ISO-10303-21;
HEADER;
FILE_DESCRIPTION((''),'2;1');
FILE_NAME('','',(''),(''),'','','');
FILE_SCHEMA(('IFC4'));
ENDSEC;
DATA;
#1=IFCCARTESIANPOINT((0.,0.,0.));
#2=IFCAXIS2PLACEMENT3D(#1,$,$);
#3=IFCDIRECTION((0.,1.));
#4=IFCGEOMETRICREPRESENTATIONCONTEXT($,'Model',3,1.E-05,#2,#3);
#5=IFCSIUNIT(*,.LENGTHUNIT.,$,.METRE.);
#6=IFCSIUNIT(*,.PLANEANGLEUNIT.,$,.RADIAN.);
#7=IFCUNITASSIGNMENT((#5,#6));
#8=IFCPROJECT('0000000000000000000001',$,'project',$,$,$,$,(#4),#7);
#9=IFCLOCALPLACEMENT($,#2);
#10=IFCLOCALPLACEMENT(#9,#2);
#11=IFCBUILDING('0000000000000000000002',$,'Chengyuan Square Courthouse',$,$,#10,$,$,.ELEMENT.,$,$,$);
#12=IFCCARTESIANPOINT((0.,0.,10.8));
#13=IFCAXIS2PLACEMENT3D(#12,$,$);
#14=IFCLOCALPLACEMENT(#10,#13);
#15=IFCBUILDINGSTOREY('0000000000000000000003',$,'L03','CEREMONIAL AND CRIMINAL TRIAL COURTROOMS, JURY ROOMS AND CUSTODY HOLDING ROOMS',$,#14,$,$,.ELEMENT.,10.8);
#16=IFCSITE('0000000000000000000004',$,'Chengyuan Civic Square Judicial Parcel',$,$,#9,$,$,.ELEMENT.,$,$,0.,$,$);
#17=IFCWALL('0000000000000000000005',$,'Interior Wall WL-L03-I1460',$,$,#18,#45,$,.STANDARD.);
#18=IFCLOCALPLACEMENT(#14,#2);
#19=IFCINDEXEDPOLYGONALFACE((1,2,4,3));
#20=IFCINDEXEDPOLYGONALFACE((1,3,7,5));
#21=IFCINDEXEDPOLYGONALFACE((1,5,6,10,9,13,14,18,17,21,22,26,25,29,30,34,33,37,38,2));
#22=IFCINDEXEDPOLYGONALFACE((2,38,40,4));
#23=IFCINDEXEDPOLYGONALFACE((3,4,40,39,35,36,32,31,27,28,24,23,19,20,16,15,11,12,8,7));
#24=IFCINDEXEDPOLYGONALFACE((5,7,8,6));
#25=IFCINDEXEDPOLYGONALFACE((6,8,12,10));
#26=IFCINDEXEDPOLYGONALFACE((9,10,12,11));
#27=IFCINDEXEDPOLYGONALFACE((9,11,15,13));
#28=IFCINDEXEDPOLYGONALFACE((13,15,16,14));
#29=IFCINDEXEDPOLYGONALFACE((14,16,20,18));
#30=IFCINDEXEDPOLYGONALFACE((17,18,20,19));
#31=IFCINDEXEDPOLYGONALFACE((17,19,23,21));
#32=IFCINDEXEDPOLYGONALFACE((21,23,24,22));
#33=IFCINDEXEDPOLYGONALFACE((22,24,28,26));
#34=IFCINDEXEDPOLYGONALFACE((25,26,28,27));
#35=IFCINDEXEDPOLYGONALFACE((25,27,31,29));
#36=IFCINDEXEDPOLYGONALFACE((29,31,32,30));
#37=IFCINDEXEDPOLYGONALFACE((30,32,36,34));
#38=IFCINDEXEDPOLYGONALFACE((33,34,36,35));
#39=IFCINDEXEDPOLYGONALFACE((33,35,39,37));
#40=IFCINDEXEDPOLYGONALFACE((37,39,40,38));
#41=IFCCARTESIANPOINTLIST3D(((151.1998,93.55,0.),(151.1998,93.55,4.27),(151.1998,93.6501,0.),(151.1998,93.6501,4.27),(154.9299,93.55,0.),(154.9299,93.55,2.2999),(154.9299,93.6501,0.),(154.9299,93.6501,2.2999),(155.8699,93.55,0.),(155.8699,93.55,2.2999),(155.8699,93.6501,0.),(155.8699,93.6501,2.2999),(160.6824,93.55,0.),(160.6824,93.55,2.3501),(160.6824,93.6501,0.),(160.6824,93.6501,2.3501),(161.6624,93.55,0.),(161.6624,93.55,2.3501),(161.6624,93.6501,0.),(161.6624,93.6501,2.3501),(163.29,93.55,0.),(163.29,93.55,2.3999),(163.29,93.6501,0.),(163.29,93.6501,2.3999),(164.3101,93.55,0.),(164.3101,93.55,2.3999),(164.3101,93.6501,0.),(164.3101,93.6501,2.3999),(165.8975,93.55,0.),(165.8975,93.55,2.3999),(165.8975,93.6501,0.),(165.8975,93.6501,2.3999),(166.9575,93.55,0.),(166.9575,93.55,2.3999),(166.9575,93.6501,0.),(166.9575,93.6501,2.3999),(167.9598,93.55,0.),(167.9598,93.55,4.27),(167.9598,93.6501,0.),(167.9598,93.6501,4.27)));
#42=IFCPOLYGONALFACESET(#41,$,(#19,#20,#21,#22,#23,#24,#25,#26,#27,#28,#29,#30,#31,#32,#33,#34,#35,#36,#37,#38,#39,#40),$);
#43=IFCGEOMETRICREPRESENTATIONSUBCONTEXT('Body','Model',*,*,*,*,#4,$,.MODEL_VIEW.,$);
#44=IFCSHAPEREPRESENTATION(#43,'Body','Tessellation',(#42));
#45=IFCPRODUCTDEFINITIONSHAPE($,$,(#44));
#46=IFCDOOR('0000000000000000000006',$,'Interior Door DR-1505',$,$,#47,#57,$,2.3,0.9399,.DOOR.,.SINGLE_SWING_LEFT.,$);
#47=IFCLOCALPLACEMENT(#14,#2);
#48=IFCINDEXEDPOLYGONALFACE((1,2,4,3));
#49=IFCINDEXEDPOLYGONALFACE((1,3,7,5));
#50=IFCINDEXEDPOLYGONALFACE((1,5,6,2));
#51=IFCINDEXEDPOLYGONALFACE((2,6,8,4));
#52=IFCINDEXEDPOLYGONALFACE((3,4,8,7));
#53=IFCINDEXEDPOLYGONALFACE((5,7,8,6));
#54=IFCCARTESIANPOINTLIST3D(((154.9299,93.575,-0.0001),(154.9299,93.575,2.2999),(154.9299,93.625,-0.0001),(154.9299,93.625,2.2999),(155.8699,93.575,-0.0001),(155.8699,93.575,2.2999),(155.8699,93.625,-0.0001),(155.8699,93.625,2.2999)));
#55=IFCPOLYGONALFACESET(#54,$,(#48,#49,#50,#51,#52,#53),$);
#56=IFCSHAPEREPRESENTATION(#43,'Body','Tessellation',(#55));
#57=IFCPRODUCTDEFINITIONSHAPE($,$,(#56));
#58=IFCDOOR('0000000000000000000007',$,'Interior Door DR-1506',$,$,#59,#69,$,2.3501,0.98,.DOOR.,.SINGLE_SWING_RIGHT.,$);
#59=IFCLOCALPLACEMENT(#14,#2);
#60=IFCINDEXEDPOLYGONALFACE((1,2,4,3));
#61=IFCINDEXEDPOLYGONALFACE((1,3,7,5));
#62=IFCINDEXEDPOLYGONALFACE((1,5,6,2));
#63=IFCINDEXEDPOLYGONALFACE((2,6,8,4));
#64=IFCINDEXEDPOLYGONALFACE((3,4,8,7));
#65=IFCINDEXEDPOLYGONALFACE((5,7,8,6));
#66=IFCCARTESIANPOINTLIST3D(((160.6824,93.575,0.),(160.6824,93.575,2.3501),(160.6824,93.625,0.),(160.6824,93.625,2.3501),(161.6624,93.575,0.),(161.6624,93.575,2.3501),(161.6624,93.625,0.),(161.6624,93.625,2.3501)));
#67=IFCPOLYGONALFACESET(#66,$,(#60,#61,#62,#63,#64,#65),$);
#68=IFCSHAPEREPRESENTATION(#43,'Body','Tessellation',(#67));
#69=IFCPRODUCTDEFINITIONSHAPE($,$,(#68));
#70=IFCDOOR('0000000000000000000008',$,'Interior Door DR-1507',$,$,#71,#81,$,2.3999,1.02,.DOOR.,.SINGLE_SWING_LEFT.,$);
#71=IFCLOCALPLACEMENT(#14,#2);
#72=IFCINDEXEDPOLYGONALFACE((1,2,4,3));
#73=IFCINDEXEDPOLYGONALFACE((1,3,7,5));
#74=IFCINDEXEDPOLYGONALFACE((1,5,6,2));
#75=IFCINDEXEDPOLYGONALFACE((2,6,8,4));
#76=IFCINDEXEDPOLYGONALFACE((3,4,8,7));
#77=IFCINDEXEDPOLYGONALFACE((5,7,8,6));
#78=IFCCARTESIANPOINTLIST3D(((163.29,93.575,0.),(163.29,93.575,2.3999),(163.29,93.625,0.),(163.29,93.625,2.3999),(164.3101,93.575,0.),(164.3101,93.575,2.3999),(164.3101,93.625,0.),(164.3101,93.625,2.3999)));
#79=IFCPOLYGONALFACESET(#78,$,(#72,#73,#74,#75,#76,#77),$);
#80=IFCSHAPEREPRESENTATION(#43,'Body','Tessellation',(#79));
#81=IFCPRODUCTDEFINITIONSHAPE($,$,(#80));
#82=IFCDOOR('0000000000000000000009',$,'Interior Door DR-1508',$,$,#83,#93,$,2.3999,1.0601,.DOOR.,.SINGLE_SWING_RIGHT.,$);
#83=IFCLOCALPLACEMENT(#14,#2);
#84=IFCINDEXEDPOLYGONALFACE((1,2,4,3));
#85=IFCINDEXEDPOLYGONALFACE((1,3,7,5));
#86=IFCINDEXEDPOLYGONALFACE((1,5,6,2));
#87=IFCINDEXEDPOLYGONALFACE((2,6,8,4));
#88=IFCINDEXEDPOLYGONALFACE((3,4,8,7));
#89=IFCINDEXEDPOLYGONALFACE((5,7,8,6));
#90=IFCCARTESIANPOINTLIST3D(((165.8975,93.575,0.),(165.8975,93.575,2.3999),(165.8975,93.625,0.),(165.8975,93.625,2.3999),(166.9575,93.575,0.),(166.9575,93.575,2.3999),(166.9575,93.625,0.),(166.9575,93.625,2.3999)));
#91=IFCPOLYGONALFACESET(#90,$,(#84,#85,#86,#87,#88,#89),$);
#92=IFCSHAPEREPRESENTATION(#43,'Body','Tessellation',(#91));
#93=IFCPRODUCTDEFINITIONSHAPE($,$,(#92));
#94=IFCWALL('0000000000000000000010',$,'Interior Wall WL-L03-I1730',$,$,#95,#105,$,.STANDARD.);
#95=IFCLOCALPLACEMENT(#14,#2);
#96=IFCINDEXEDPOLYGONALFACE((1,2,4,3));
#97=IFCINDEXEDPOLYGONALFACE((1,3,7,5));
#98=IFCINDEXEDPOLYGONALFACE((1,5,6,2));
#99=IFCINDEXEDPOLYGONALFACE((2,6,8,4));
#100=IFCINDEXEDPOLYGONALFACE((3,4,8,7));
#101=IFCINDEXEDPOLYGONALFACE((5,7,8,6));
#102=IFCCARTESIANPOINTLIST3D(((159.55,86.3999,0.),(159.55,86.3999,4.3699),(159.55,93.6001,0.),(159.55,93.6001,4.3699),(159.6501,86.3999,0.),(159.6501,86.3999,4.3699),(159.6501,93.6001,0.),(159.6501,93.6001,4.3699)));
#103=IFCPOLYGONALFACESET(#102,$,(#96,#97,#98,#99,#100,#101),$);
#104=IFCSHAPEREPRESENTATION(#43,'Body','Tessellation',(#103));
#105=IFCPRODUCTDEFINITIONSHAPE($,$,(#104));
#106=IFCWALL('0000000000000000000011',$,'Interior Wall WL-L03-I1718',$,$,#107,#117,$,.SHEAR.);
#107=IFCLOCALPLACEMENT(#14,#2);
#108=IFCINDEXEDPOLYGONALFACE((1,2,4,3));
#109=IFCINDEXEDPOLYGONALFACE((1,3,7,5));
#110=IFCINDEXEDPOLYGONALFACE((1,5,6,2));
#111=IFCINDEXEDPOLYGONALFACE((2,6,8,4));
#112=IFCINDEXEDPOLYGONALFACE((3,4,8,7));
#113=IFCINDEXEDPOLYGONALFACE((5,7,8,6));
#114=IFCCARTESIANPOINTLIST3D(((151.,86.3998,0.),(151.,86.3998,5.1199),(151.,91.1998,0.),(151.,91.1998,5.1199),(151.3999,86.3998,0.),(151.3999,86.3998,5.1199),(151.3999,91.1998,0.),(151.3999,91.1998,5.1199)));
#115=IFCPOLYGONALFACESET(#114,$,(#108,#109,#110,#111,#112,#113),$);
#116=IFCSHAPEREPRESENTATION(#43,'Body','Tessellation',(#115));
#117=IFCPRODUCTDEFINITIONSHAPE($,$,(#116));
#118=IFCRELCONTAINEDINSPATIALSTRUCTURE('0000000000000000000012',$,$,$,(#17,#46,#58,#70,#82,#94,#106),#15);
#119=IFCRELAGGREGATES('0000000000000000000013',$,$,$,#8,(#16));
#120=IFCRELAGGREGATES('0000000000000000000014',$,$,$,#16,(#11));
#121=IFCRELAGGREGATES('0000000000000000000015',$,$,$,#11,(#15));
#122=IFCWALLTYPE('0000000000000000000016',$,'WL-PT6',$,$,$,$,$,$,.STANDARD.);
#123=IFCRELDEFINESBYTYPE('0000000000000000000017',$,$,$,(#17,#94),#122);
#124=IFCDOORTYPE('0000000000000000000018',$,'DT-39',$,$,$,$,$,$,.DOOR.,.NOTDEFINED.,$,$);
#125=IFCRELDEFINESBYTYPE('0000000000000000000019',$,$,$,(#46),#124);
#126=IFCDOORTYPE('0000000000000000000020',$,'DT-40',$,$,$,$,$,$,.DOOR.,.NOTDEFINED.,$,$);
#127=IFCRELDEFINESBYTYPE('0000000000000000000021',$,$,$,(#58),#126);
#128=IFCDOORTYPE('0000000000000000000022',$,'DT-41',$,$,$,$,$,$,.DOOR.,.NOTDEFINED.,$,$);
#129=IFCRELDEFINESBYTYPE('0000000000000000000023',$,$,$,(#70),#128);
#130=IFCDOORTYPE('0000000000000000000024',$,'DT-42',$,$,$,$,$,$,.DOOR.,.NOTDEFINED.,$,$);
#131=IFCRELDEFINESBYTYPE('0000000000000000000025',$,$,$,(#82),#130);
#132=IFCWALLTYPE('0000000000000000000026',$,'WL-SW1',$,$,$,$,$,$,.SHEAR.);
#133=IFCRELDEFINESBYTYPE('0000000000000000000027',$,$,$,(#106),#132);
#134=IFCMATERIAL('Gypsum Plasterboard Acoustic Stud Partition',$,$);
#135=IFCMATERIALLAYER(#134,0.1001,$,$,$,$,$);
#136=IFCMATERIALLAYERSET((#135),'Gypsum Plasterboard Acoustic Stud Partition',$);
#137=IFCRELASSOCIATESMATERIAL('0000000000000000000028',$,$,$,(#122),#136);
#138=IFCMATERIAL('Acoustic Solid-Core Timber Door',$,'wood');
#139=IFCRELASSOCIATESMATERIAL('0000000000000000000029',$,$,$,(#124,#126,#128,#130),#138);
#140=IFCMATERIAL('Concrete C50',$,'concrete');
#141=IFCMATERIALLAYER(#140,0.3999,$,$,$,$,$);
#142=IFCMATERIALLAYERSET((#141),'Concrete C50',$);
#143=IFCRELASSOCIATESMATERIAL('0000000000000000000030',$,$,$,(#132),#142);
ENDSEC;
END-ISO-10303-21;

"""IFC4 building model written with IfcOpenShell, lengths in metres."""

from ifc_helpers import new_model, si_unit, direction, frame, frame_2d, origin, place, context, subcontext, project, spatial, rectangle, extrude, material, layer, layer_set, type_object, element, fill, save


model = new_model("IFC4")

# Units and contexts
model_context = context("Model", 3, precision=1e-05, world=origin(), true_north=direction((0.0, 1.0)))
body_context = subcontext(model_context, "Body", "Model", "MODEL_VIEW")
ifc_project = project(units=[si_unit("LENGTHUNIT", "METRE"), si_unit("PLANEANGLEUNIT", "RADIAN")], contexts=[model_context])

# Site, building, storey
site_placement = place(None, origin())
site = spatial("IfcSite", under=ifc_project, at=site_placement, Name="Chengyuan Civic Square Judicial Parcel", CompositionType="ELEMENT", RefElevation=0.0)
building_placement = place(site_placement, origin())
building = spatial("IfcBuilding", under=site, at=building_placement, Name="Chengyuan Square Courthouse", CompositionType="ELEMENT")
storey_placement = place(building_placement, frame((0.0, 0.0, 10.8)))
storey = spatial("IfcBuildingStorey", under=building, at=storey_placement, Name="L03", Description="CEREMONIAL AND CRIMINAL TRIAL COURTROOMS, JURY ROOMS AND CUSTODY HOLDING ROOMS", CompositionType="ELEMENT", Elevation=10.8)

# Shared definitions
ifc_material_1 = material(Name="Concrete C50", Category="concrete")

# Wall, openings, doors
ifc_material_2 = material(Name="Gypsum Plasterboard Acoustic Stud Partition")
ifc_layer_1 = layer(ifc_material_2, 0.1001)
ifc_layer_set_1 = layer_set([ifc_layer_1], Name="Gypsum Plasterboard Acoustic Stud Partition")
wall_type_1 = type_object("IfcWallType", Name="WL-PT6", PredefinedType="STANDARD", material=ifc_layer_set_1)
wall_1_placement = place(storey_placement, frame((151.2, 93.6001, 0.0), z_axis=(0.0, 0.0, 1.0), x_axis=(1.0, 0.0, 0.0)))
wall_1 = element("IfcWall", 1, at=wall_1_placement, inside=storey, type_object=wall_type_1, Name="Interior Wall WL-L03-I1460", PredefinedType="STANDARD", context=body_context, shape_type="SweptSolid", body=[
    extrude(rectangle(XDim=16.76, YDim=0.1001, at=frame_2d((8.3799, 0.0))), origin(), (0.0, 0.0, 1.0), 4.27),
])
opening_1_placement = place(wall_1_placement, frame((3.73, 0.0, 0.0)))
opening_1 = element("IfcOpeningElement", 2, at=opening_1_placement, cuts=wall_1, PredefinedType="OPENING", context=body_context, shape_type="SweptSolid", body=[
    extrude(rectangle(XDim=0.9399, YDim=2.3, at=frame_2d((0.47, 1.1499))), frame((0.0, 0.062, 0.0), z_axis=(0.0, -1.0, 0.0), x_axis=(1.0, 0.0, 0.0)), (0.0, 0.0, 1.0), 0.124),
])
opening_2_placement = place(wall_1_placement, frame((9.4824, 0.0, 0.0)))
opening_2 = element("IfcOpeningElement", 3, at=opening_2_placement, cuts=wall_1, PredefinedType="OPENING", context=body_context, shape_type="SweptSolid", body=[
    extrude(rectangle(XDim=0.98, YDim=2.3501, at=frame_2d((0.49, 1.175))), frame((0.0, 0.062, 0.0), z_axis=(0.0, -1.0, 0.0), x_axis=(1.0, 0.0, 0.0)), (0.0, 0.0, 1.0), 0.124),
])
opening_3_placement = place(wall_1_placement, frame((12.0901, 0.0, 0.0)))
opening_3 = element("IfcOpeningElement", 4, at=opening_3_placement, cuts=wall_1, PredefinedType="OPENING", context=body_context, shape_type="SweptSolid", body=[
    extrude(rectangle(XDim=1.02, YDim=2.3999, at=frame_2d((0.51, 1.2))), frame((0.0, 0.062, 0.0), z_axis=(0.0, -1.0, 0.0), x_axis=(1.0, 0.0, 0.0)), (0.0, 0.0, 1.0), 0.124),
])
opening_4_placement = place(wall_1_placement, frame((14.6975, 0.0, 0.0)))
opening_4 = element("IfcOpeningElement", 5, at=opening_4_placement, cuts=wall_1, PredefinedType="OPENING", context=body_context, shape_type="SweptSolid", body=[
    extrude(rectangle(XDim=1.0601, YDim=2.3999, at=frame_2d((0.53, 1.2))), frame((0.0, 0.062, 0.0), z_axis=(0.0, -1.0, 0.0), x_axis=(1.0, 0.0, 0.0)), (0.0, 0.0, 1.0), 0.124),
])
ifc_material_3 = material(Name="Acoustic Solid-Core Timber Door", Category="wood")
door_type_1 = type_object("IfcDoorType", Name="DT-39", OperationType="NOTDEFINED", PredefinedType="DOOR", material=ifc_material_3)
door_1_placement = place(opening_1_placement, origin())
door_1 = element("IfcDoor", 6, at=door_1_placement, inside=storey, type_object=door_type_1, Name="Interior Door DR-1505", OperationType="SINGLE_SWING_LEFT", OverallHeight=2.3, OverallWidth=0.9399, PredefinedType="DOOR", context=body_context, shape_type="SweptSolid", body=[
    extrude(rectangle(XDim=0.9399, YDim=2.3, at=frame_2d((0.47, 1.1499))), frame((0.0, 0.0249, 0.0), z_axis=(0.0, -1.0, 0.0), x_axis=(1.0, 0.0, 0.0)), (0.0, 0.0, 1.0), 0.05),
])
fill(opening_1, door_1)
door_type_2 = type_object("IfcDoorType", Name="DT-40", OperationType="NOTDEFINED", PredefinedType="DOOR", material=ifc_material_3)
door_2_placement = place(opening_2_placement, origin())
door_2 = element("IfcDoor", 7, at=door_2_placement, inside=storey, type_object=door_type_2, Name="Interior Door DR-1506", OperationType="SINGLE_SWING_RIGHT", OverallHeight=2.3501, OverallWidth=0.98, PredefinedType="DOOR", context=body_context, shape_type="SweptSolid", body=[
    extrude(rectangle(XDim=0.98, YDim=2.3501, at=frame_2d((0.49, 1.175))), frame((0.0, 0.0249, 0.0), z_axis=(0.0, -1.0, 0.0), x_axis=(1.0, 0.0, 0.0)), (0.0, 0.0, 1.0), 0.05),
])
fill(opening_2, door_2)
door_type_3 = type_object("IfcDoorType", Name="DT-41", OperationType="NOTDEFINED", PredefinedType="DOOR", material=ifc_material_3)
door_3_placement = place(opening_3_placement, origin())
door_3 = element("IfcDoor", 8, at=door_3_placement, inside=storey, type_object=door_type_3, Name="Interior Door DR-1507", OperationType="SINGLE_SWING_LEFT", OverallHeight=2.3999, OverallWidth=1.02, PredefinedType="DOOR", context=body_context, shape_type="SweptSolid", body=[
    extrude(rectangle(XDim=1.02, YDim=2.3999, at=frame_2d((0.51, 1.2))), frame((0.0, 0.0249, 0.0), z_axis=(0.0, -1.0, 0.0), x_axis=(1.0, 0.0, 0.0)), (0.0, 0.0, 1.0), 0.05),
])
fill(opening_3, door_3)
door_type_4 = type_object("IfcDoorType", Name="DT-42", OperationType="NOTDEFINED", PredefinedType="DOOR", material=ifc_material_3)
door_4_placement = place(opening_4_placement, origin())
door_4 = element("IfcDoor", 9, at=door_4_placement, inside=storey, type_object=door_type_4, Name="Interior Door DR-1508", OperationType="SINGLE_SWING_RIGHT", OverallHeight=2.3999, OverallWidth=1.0601, PredefinedType="DOOR", context=body_context, shape_type="SweptSolid", body=[
    extrude(rectangle(XDim=1.0601, YDim=2.3999, at=frame_2d((0.53, 1.2))), frame((0.0, 0.0249, 0.0), z_axis=(0.0, -1.0, 0.0), x_axis=(1.0, 0.0, 0.0)), (0.0, 0.0, 1.0), 0.05),
])
fill(opening_4, door_4)

# Walls
wall_2_placement = place(storey_placement, frame((159.6001, 86.3999, 0.0), z_axis=(0.0, 0.0, 1.0), x_axis=(0.0, 1.0, 0.0)))
element("IfcWall", 10, at=wall_2_placement, inside=storey, type_object=wall_type_1, Name="Interior Wall WL-L03-I1730", PredefinedType="STANDARD", context=body_context, shape_type="SweptSolid", body=[
    extrude(rectangle(XDim=7.2002, YDim=0.1001, at=frame_2d((3.6001, 0.0))), origin(), (0.0, 0.0, 1.0), 4.3699),
])
ifc_layer_2 = layer(ifc_material_1, 0.3999)
ifc_layer_set_2 = layer_set([ifc_layer_2], Name="Concrete C50")
wall_type_2 = type_object("IfcWallType", Name="WL-SW1", PredefinedType="SHEAR", material=ifc_layer_set_2)
wall_3_placement = place(storey_placement, frame((151.2, 86.3999, 0.0), z_axis=(0.0, 0.0, 1.0), x_axis=(0.0, 1.0, 0.0)))
element("IfcWall", 11, at=wall_3_placement, inside=storey, type_object=wall_type_2, Name="Interior Wall WL-L03-I1718", PredefinedType="SHEAR", context=body_context, shape_type="SweptSolid", body=[
    extrude(rectangle(XDim=4.8, YDim=0.3999, at=frame_2d((2.3999, 0.0))), origin(), (0.0, 0.0, 1.0), 5.1199),
])

save(model, "model.ifc")
